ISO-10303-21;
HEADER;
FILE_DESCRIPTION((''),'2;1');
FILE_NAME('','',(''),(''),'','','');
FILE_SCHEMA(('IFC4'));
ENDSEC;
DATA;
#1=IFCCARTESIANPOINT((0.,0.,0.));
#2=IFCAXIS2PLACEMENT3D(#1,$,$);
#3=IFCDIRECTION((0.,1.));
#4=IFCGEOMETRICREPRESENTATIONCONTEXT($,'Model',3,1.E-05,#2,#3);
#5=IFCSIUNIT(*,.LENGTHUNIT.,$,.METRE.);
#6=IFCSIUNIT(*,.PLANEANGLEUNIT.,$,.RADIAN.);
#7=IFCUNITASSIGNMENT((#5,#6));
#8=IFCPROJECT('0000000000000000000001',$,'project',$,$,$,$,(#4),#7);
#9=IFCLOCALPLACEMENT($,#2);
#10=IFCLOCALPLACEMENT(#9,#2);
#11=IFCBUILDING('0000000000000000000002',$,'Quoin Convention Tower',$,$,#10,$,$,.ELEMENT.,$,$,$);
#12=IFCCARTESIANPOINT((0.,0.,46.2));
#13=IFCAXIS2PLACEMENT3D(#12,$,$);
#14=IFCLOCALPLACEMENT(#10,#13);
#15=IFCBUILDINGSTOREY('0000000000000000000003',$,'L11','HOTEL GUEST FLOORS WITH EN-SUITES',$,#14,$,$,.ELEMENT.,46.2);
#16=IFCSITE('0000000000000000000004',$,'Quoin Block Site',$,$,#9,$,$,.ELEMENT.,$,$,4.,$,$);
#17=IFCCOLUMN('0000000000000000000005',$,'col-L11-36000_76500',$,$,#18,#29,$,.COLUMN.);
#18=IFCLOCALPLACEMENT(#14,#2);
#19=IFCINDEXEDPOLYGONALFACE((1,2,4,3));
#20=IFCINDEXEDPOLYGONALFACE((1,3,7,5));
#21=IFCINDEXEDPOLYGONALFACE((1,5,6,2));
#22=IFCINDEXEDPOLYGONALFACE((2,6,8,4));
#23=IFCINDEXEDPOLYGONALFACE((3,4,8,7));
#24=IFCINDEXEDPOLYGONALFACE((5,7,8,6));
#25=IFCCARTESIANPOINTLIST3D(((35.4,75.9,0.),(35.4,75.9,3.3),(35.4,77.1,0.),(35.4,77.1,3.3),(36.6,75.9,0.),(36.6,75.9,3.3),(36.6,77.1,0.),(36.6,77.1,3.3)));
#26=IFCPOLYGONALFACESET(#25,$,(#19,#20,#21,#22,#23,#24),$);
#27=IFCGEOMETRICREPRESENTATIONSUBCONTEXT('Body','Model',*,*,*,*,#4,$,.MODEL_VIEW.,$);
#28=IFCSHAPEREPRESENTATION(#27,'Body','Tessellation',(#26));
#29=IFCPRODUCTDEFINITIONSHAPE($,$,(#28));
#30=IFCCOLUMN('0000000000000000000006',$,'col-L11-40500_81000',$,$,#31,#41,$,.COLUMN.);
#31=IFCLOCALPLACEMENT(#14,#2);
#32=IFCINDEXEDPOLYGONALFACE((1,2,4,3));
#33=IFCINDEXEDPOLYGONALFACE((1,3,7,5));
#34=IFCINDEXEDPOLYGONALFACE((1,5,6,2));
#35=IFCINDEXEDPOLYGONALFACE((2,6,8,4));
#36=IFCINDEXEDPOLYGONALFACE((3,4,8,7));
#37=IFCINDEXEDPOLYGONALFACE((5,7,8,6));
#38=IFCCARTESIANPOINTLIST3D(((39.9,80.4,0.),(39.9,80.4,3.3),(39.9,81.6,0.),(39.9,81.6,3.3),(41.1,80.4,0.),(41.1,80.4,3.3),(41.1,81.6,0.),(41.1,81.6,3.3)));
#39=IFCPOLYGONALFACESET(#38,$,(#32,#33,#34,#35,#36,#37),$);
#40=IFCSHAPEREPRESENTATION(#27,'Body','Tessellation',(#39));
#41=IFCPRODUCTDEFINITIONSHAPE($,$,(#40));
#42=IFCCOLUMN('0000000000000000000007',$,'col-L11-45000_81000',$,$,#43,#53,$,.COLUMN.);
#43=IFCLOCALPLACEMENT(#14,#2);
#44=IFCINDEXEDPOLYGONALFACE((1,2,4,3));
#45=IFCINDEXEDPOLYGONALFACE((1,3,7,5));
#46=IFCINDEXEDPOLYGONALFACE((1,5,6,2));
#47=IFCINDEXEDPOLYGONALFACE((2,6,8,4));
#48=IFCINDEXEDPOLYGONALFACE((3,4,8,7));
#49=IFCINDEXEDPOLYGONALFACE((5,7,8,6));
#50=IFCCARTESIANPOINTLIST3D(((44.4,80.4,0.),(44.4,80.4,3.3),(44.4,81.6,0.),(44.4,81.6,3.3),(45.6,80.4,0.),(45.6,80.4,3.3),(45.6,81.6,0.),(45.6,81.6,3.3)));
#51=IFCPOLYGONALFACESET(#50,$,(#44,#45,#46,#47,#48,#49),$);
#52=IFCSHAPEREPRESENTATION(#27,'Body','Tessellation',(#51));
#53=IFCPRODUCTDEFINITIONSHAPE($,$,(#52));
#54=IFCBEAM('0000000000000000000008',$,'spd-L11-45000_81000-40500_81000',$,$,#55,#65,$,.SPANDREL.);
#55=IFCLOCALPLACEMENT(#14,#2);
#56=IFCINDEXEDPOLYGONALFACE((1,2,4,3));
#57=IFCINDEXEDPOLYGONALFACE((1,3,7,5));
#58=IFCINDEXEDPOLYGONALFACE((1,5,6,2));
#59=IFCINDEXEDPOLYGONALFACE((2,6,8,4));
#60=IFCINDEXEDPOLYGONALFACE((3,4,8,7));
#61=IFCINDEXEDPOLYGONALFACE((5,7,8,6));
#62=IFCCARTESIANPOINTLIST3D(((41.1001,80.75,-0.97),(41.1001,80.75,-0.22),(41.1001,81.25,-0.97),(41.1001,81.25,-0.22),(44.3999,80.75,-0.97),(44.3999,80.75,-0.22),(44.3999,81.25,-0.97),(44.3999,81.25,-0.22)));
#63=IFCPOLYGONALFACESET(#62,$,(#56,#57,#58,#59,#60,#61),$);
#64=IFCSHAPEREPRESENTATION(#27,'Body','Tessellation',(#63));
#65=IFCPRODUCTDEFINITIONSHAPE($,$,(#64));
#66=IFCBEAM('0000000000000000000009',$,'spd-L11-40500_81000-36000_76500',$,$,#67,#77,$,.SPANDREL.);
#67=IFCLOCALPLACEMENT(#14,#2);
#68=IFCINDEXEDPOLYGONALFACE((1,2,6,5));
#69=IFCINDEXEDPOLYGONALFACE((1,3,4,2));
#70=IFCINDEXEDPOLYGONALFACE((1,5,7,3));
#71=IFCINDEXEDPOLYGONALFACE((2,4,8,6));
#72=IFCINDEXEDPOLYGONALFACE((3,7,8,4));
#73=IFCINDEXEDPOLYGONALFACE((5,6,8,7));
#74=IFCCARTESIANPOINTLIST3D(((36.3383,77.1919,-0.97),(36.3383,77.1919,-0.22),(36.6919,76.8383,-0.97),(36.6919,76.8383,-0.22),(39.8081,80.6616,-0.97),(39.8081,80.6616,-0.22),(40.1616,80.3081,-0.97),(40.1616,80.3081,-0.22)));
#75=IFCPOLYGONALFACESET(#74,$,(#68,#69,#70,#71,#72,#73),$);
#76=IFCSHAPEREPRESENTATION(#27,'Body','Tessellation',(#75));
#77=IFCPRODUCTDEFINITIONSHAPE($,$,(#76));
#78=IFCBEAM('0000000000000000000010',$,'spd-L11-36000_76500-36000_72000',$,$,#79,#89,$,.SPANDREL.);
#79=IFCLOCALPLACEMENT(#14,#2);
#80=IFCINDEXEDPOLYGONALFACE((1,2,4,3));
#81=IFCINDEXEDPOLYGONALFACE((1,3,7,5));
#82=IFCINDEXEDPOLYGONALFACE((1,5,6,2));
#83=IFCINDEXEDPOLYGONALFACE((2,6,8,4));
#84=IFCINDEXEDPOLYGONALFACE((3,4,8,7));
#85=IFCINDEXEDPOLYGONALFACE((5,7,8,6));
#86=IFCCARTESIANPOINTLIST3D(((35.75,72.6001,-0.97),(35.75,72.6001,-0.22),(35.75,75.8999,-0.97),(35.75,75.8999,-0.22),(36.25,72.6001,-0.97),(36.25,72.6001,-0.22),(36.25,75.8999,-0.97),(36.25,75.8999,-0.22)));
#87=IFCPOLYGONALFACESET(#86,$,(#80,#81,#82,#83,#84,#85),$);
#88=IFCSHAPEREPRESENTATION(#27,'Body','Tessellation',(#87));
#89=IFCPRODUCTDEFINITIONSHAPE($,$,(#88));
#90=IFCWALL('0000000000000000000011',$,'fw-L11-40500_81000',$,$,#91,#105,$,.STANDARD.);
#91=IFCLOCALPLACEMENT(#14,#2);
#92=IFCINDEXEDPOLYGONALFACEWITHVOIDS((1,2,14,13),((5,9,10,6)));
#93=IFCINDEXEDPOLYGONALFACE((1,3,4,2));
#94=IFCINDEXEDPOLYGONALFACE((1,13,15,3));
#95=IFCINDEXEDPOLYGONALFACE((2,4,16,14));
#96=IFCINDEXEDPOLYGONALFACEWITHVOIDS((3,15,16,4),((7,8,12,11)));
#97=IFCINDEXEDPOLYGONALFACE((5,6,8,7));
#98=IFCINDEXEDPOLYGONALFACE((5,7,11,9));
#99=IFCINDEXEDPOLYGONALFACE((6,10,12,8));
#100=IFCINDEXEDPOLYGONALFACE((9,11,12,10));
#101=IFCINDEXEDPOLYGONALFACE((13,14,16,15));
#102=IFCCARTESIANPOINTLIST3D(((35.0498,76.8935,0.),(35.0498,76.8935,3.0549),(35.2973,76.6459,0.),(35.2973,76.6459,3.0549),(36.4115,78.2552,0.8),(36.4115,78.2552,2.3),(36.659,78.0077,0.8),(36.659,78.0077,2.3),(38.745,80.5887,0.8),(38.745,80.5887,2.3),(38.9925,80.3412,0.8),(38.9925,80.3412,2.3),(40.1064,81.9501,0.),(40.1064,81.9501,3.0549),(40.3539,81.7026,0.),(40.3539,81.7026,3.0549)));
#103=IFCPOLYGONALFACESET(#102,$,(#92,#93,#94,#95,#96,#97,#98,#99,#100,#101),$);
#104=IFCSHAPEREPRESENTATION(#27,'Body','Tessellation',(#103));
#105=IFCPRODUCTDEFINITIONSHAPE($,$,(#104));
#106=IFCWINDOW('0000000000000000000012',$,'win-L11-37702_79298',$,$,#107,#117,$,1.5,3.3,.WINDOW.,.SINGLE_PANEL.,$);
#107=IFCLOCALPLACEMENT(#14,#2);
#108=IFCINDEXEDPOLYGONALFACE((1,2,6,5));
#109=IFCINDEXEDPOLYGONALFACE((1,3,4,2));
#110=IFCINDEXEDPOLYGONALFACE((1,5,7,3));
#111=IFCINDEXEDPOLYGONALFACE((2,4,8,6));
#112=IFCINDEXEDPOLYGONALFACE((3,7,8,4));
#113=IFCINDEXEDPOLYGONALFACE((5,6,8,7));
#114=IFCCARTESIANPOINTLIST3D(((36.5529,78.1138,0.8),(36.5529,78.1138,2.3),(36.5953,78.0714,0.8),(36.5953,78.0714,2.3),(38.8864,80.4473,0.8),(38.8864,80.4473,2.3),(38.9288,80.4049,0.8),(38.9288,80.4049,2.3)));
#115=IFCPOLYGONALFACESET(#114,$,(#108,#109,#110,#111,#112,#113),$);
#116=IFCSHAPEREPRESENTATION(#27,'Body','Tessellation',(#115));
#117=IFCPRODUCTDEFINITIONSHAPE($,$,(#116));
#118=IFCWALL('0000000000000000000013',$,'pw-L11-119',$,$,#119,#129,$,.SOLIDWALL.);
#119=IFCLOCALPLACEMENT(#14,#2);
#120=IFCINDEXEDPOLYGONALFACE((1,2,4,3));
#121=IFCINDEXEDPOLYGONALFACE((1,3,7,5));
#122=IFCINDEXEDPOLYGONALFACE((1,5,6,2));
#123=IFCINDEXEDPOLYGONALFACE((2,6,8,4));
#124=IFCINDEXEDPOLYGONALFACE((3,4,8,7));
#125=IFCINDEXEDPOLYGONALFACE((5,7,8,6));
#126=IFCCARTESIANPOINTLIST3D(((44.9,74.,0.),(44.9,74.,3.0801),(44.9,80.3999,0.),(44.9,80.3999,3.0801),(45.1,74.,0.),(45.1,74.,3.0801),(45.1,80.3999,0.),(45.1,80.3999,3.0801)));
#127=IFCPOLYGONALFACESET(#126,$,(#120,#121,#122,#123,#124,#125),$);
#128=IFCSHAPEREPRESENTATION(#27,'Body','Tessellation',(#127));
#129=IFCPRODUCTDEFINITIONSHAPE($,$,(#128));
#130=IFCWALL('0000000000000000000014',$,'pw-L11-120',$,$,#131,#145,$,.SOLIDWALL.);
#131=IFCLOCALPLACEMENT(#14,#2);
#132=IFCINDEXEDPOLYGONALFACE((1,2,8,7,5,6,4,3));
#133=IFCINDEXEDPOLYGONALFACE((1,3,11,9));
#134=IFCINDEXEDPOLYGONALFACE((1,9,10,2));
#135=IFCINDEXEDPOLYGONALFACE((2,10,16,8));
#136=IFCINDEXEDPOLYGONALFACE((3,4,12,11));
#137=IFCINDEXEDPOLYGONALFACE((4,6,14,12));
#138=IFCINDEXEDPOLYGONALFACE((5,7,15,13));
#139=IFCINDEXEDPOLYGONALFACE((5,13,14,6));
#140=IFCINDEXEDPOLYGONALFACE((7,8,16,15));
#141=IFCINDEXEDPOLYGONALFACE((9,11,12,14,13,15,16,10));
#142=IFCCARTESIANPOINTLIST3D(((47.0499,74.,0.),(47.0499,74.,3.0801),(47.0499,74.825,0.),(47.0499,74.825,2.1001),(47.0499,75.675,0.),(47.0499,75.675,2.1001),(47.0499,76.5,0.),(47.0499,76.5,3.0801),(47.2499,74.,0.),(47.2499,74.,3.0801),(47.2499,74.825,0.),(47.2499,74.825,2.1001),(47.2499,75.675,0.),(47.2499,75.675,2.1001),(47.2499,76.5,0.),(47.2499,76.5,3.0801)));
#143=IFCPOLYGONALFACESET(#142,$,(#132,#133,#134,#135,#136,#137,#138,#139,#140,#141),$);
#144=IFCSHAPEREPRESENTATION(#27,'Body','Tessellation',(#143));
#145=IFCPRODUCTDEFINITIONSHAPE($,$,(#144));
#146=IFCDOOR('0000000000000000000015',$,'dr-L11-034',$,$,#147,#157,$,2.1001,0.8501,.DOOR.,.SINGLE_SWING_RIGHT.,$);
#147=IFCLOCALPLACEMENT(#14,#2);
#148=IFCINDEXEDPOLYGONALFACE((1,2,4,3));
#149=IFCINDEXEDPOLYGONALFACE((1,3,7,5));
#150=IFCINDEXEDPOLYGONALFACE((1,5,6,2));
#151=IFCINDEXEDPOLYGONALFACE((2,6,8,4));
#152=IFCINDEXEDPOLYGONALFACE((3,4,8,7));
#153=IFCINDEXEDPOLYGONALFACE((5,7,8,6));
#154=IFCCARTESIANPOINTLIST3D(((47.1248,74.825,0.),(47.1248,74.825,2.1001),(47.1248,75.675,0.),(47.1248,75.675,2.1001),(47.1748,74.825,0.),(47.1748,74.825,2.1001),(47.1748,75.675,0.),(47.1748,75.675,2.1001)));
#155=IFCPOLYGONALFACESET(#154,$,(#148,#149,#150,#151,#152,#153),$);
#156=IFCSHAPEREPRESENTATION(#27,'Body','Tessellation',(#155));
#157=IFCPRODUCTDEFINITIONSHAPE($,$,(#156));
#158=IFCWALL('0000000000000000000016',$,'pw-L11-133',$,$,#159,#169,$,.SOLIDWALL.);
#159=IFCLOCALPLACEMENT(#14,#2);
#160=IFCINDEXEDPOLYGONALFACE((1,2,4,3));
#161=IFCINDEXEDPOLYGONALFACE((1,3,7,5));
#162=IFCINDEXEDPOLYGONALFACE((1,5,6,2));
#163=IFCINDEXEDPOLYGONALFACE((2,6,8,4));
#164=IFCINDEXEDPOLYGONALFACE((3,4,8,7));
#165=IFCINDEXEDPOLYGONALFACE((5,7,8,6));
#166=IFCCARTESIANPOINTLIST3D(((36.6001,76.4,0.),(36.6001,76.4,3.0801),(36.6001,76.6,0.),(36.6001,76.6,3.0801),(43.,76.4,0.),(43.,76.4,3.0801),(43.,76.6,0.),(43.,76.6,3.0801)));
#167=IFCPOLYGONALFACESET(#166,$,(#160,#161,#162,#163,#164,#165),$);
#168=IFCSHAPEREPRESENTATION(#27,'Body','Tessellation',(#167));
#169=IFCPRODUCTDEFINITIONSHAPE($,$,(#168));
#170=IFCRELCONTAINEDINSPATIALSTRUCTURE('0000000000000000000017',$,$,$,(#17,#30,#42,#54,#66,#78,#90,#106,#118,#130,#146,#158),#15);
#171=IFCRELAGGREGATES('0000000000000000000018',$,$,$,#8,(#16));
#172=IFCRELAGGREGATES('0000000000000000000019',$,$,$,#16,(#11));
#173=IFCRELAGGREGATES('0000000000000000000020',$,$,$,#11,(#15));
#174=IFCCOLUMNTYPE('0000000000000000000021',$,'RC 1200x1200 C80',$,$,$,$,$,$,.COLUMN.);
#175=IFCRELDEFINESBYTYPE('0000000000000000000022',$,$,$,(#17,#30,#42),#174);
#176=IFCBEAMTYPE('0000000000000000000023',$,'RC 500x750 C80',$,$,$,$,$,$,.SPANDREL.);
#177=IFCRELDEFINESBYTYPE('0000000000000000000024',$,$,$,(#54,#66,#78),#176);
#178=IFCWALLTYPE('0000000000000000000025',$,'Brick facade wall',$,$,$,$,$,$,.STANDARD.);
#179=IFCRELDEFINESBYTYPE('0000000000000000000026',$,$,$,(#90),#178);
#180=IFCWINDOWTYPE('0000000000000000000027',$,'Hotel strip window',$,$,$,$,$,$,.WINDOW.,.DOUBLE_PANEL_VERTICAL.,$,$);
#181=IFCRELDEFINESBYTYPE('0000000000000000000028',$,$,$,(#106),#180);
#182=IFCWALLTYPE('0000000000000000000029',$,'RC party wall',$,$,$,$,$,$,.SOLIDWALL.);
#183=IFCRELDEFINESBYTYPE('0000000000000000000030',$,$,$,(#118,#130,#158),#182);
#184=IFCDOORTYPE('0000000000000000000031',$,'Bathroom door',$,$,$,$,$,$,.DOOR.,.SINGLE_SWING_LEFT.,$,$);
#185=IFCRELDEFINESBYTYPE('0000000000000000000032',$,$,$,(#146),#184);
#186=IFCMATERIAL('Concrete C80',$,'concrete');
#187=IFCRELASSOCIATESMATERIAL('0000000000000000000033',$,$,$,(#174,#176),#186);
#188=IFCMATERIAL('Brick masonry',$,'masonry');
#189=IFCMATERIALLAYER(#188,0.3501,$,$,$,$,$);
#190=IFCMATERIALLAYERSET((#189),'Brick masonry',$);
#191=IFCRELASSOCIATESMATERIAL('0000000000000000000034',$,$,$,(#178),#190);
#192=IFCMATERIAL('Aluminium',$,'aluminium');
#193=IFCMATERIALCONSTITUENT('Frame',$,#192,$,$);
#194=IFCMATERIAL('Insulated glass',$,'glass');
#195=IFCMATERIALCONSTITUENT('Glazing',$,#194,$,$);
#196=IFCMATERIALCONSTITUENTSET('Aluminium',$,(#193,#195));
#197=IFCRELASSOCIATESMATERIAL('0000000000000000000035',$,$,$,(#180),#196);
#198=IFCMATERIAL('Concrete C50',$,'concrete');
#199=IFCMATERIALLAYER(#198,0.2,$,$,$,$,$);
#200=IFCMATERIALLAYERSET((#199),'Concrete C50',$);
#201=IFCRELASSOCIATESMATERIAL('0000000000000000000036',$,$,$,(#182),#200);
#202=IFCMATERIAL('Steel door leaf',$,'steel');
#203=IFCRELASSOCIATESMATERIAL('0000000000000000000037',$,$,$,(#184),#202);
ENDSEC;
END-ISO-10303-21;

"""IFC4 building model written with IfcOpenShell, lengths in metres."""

from ifc_helpers import new_model, si_unit, direction, frame, frame_2d, origin, origin_2d, place, context, subcontext, project, spatial, rectangle, extrude, material, layer, layer_set, constituent, constituent_set, material_profile, profile_set, type_object, element, fill, save


model = new_model("IFC4")

# Units and contexts
model_context = context("Model", 3, precision=1e-05, world=origin(), true_north=direction((0.0, 1.0)))
body_context = subcontext(model_context, "Body", "Model", "MODEL_VIEW")
ifc_project = project(units=[si_unit("LENGTHUNIT", "METRE"), si_unit("PLANEANGLEUNIT", "RADIAN")], contexts=[model_context])

# Site, building, storey
site_placement = place(None, origin())
site = spatial("IfcSite", under=ifc_project, at=site_placement, Name="Quoin Block Site", CompositionType="ELEMENT", RefElevation=4.0)
building_placement = place(site_placement, origin())
building = spatial("IfcBuilding", under=site, at=building_placement, Name="Quoin Convention Tower", CompositionType="ELEMENT")
storey_placement = place(building_placement, frame((0.0, 0.0, 46.2)))
storey = spatial("IfcBuildingStorey", under=building, at=storey_placement, Name="L11", Description="HOTEL GUEST FLOORS WITH EN-SUITES", CompositionType="ELEMENT", Elevation=46.2)

# Columns
ifc_material_1 = material(Name="Concrete C80", Category="concrete")
ifc_material_profile_1 = material_profile(ifc_material_1, rectangle(XDim=1.2, YDim=1.2, at=origin_2d()), Name="RC 1200x1200")
ifc_profile_set_1 = profile_set([ifc_material_profile_1], Name="Concrete C80")
column_type = type_object("IfcColumnType", Name="RC 1200x1200 C80", PredefinedType="COLUMN", material=ifc_profile_set_1)
for number, where, z_axis, x_axis, name in (
    (1, (36.0, 76.5, 0.0), (0.0, 0.0, 1.0), (1.0, 0.0, 0.0), "col-L11-36000_76500"),
    (2, (40.5, 81.0, 0.0), (0.0, 0.0, 1.0), (1.0, 0.0, 0.0), "col-L11-40500_81000"),
    (3, (45.0, 81.0, 0.0), (0.0, 0.0, 1.0), (1.0, 0.0, 0.0), "col-L11-45000_81000"),
):
    element("IfcColumn", number, at=place(storey_placement, frame(where, z_axis=z_axis, x_axis=x_axis)), inside=storey, type_object=column_type, Name=name, PredefinedType="COLUMN", context=body_context, shape_type="SweptSolid", body=[
        extrude(rectangle(XDim=1.2, YDim=1.2, at=origin_2d()), origin(), (0.0, 0.0, 1.0), 3.3),
    ])

# Beams
ifc_material_profile_2 = material_profile(ifc_material_1, rectangle(XDim=0.5, YDim=0.75, at=origin_2d()), Name="RC 500x750")
ifc_profile_set_2 = profile_set([ifc_material_profile_2], Name="Concrete C80")
beam_type = type_object("IfcBeamType", Name="RC 500x750 C80", PredefinedType="SPANDREL", material=ifc_profile_set_2)
beam_1_placement = place(storey_placement, frame((44.3999, 81.0, -0.595), z_axis=(-1.0, 0.0, 0.0), x_axis=(0.0, -1.0, 0.0)))
element("IfcBeam", 4, at=beam_1_placement, inside=storey, type_object=beam_type, Name="spd-L11-45000_81000-40500_81000", PredefinedType="SPANDREL", context=body_context, shape_type="SweptSolid", body=[
    extrude(rectangle(XDim=0.5, YDim=0.75, at=origin_2d()), origin(), (0.0, 0.0, 1.0), 3.2998),
])
beam_2_placement = place(storey_placement, frame((39.9849, 80.4849, -0.595), z_axis=(-0.707107, -0.707107, 0.0), x_axis=(0.707107, -0.707107, 0.0)))
element("IfcBeam", 5, at=beam_2_placement, inside=storey, type_object=beam_type, Name="spd-L11-40500_81000-36000_76500", PredefinedType="SPANDREL", context=body_context, shape_type="SweptSolid", body=[
    extrude(rectangle(XDim=0.5, YDim=0.75, at=origin_2d()), origin(), (0.0, 0.0, 1.0), 4.907),
])
beam_3_placement = place(storey_placement, frame((36.0, 75.8999, -0.595), z_axis=(0.0, -1.0, 0.0), x_axis=(1.0, 0.0, 0.0)))
element("IfcBeam", 6, at=beam_3_placement, inside=storey, type_object=beam_type, Name="spd-L11-36000_76500-36000_72000", PredefinedType="SPANDREL", context=body_context, shape_type="SweptSolid", body=[
    extrude(rectangle(XDim=0.5, YDim=0.75, at=origin_2d()), origin(), (0.0, 0.0, 1.0), 3.2998),
])

# Wall, opening, window
ifc_material_2 = material(Name="Brick masonry", Category="masonry")
ifc_layer_1 = layer(ifc_material_2, 0.3501)
ifc_layer_set_1 = layer_set([ifc_layer_1], Name="Brick masonry")
wall_type_1 = type_object("IfcWallType", Name="Brick facade wall", PredefinedType="STANDARD", material=ifc_layer_set_1)
wall_1_placement = place(storey_placement, frame((40.2302, 81.8264, 0.0), z_axis=(0.0, 0.0, 1.0), x_axis=(-0.707107, -0.707107, 0.0)))
wall_1 = element("IfcWall", 7, at=wall_1_placement, inside=storey, type_object=wall_type_1, Name="fw-L11-40500_81000", PredefinedType="STANDARD", context=body_context, shape_type="SweptSolid", body=[
    extrude(rectangle(XDim=7.1511, YDim=0.3501, at=frame_2d((3.5757, 0.0))), origin(), (0.0, 0.0, 1.0), 3.0549),
])
opening_1_placement = place(wall_1_placement, frame((1.9255, 0.0, 0.8)))
opening_1 = element("IfcOpeningElement", 8, at=opening_1_placement, cuts=wall_1, PredefinedType="OPENING", context=body_context, shape_type="SweptSolid", body=[
    extrude(rectangle(XDim=3.3, YDim=1.5, at=frame_2d((1.6499, 0.75))), frame((0.0, 0.1851, 0.0), z_axis=(0.0, -1.0, 0.0), x_axis=(1.0, 0.0, 0.0)), (0.0, 0.0, 1.0), 0.3701),
])
ifc_material_3 = material(Name="Aluminium", Category="aluminium")
ifc_constituent_1 = constituent(ifc_material_3, Name="Frame")
ifc_material_4 = material(Name="Insulated glass", Category="glass")
ifc_constituent_2 = constituent(ifc_material_4, Name="Glazing")
ifc_constituent_set = constituent_set(constituents=[ifc_constituent_1, ifc_constituent_2], Name="Aluminium")
window_type = type_object("IfcWindowType", Name="Hotel strip window", PartitioningType="DOUBLE_PANEL_VERTICAL", PredefinedType="WINDOW", material=ifc_constituent_set)
window_placement = place(opening_1_placement, origin())
window = element("IfcWindow", 9, at=window_placement, inside=storey, type_object=window_type, Name="win-L11-37702_79298", OverallHeight=1.5, OverallWidth=3.3, PartitioningType="SINGLE_PANEL", PredefinedType="WINDOW", context=body_context, shape_type="SweptSolid", body=[
    extrude(rectangle(XDim=3.3, YDim=1.5, at=frame_2d((1.6499, 0.75))), frame((0.0, 0.085, 0.0), z_axis=(0.0, -1.0, 0.0), x_axis=(1.0, 0.0, 0.0)), (0.0, 0.0, 1.0), 0.0601),
])
fill(opening_1, window)

# Wall
ifc_material_5 = material(Name="Concrete C50", Category="concrete")
ifc_layer_2 = layer(ifc_material_5, 0.2)
ifc_layer_set_2 = layer_set([ifc_layer_2], Name="Concrete C50")
wall_type_2 = type_object("IfcWallType", Name="RC party wall", PredefinedType="SOLIDWALL", material=ifc_layer_set_2)
wall_2_placement = place(storey_placement, frame((45.0, 74.0, 0.0), z_axis=(0.0, 0.0, 1.0), x_axis=(0.0, 1.0, 0.0)))
element("IfcWall", 10, at=wall_2_placement, inside=storey, type_object=wall_type_2, Name="pw-L11-119", PredefinedType="SOLIDWALL", context=body_context, shape_type="SweptSolid", body=[
    extrude(rectangle(XDim=6.3999, YDim=0.2, at=frame_2d((3.2, 0.0))), origin(), (0.0, 0.0, 1.0), 3.0801),
])

# Wall, opening, door
wall_3_placement = place(storey_placement, frame((47.1499, 74.0, 0.0), z_axis=(0.0, 0.0, 1.0), x_axis=(0.0, 1.0, 0.0)))
wall_3 = element("IfcWall", 11, at=wall_3_placement, inside=storey, type_object=wall_type_2, Name="pw-L11-120", PredefinedType="SOLIDWALL", context=body_context, shape_type="SweptSolid", body=[
    extrude(rectangle(XDim=2.5, YDim=0.2, at=frame_2d((1.25, 0.0))), origin(), (0.0, 0.0, 1.0), 3.0801),
])
opening_2_placement = place(wall_3_placement, frame((0.825, 0.0, 0.0)))
opening_2 = element("IfcOpeningElement", 12, at=opening_2_placement, cuts=wall_3, PredefinedType="OPENING", context=body_context, shape_type="SweptSolid", body=[
    extrude(rectangle(XDim=0.8501, YDim=2.1001, at=frame_2d((0.425, 1.05))), frame((0.0, 0.1099, 0.0), z_axis=(0.0, -1.0, 0.0), x_axis=(1.0, 0.0, 0.0)), (0.0, 0.0, 1.0), 0.22),
])
ifc_material_6 = material(Name="Steel door leaf", Category="steel")
door_type = type_object("IfcDoorType", Name="Bathroom door", OperationType="SINGLE_SWING_LEFT", PredefinedType="DOOR", material=ifc_material_6)
door_1_placement = place(opening_2_placement, frame((0.8501, 0.0, 0.0), z_axis=(0.0, 0.0, 1.0), x_axis=(-1.0, 0.0, 0.0)))
door_1 = element("IfcDoor", 13, at=door_1_placement, inside=storey, type_object=door_type, Name="dr-L11-034", OperationType="SINGLE_SWING_RIGHT", OverallHeight=2.1001, OverallWidth=0.8501, PredefinedType="DOOR", context=body_context, shape_type="SweptSolid", body=[
    extrude(rectangle(XDim=0.8501, YDim=2.1001, at=frame_2d((0.425, 1.05))), frame((0.0, 0.0249, 0.0), z_axis=(0.0, -1.0, 0.0), x_axis=(1.0, 0.0, 0.0)), (0.0, 0.0, 1.0), 0.05),
])
fill(opening_2, door_1)

# Wall
wall_4_placement = place(storey_placement, frame((36.6001, 76.5, 0.0), z_axis=(0.0, 0.0, 1.0), x_axis=(1.0, 0.0, 0.0)))
element("IfcWall", 14, at=wall_4_placement, inside=storey, type_object=wall_type_2, Name="pw-L11-133", PredefinedType="SOLIDWALL", context=body_context, shape_type="SweptSolid", body=[
    extrude(rectangle(XDim=6.3999, YDim=0.2, at=frame_2d((3.2, 0.0))), origin(), (0.0, 0.0, 1.0), 3.0801),
])

save(model, "model.ifc")
